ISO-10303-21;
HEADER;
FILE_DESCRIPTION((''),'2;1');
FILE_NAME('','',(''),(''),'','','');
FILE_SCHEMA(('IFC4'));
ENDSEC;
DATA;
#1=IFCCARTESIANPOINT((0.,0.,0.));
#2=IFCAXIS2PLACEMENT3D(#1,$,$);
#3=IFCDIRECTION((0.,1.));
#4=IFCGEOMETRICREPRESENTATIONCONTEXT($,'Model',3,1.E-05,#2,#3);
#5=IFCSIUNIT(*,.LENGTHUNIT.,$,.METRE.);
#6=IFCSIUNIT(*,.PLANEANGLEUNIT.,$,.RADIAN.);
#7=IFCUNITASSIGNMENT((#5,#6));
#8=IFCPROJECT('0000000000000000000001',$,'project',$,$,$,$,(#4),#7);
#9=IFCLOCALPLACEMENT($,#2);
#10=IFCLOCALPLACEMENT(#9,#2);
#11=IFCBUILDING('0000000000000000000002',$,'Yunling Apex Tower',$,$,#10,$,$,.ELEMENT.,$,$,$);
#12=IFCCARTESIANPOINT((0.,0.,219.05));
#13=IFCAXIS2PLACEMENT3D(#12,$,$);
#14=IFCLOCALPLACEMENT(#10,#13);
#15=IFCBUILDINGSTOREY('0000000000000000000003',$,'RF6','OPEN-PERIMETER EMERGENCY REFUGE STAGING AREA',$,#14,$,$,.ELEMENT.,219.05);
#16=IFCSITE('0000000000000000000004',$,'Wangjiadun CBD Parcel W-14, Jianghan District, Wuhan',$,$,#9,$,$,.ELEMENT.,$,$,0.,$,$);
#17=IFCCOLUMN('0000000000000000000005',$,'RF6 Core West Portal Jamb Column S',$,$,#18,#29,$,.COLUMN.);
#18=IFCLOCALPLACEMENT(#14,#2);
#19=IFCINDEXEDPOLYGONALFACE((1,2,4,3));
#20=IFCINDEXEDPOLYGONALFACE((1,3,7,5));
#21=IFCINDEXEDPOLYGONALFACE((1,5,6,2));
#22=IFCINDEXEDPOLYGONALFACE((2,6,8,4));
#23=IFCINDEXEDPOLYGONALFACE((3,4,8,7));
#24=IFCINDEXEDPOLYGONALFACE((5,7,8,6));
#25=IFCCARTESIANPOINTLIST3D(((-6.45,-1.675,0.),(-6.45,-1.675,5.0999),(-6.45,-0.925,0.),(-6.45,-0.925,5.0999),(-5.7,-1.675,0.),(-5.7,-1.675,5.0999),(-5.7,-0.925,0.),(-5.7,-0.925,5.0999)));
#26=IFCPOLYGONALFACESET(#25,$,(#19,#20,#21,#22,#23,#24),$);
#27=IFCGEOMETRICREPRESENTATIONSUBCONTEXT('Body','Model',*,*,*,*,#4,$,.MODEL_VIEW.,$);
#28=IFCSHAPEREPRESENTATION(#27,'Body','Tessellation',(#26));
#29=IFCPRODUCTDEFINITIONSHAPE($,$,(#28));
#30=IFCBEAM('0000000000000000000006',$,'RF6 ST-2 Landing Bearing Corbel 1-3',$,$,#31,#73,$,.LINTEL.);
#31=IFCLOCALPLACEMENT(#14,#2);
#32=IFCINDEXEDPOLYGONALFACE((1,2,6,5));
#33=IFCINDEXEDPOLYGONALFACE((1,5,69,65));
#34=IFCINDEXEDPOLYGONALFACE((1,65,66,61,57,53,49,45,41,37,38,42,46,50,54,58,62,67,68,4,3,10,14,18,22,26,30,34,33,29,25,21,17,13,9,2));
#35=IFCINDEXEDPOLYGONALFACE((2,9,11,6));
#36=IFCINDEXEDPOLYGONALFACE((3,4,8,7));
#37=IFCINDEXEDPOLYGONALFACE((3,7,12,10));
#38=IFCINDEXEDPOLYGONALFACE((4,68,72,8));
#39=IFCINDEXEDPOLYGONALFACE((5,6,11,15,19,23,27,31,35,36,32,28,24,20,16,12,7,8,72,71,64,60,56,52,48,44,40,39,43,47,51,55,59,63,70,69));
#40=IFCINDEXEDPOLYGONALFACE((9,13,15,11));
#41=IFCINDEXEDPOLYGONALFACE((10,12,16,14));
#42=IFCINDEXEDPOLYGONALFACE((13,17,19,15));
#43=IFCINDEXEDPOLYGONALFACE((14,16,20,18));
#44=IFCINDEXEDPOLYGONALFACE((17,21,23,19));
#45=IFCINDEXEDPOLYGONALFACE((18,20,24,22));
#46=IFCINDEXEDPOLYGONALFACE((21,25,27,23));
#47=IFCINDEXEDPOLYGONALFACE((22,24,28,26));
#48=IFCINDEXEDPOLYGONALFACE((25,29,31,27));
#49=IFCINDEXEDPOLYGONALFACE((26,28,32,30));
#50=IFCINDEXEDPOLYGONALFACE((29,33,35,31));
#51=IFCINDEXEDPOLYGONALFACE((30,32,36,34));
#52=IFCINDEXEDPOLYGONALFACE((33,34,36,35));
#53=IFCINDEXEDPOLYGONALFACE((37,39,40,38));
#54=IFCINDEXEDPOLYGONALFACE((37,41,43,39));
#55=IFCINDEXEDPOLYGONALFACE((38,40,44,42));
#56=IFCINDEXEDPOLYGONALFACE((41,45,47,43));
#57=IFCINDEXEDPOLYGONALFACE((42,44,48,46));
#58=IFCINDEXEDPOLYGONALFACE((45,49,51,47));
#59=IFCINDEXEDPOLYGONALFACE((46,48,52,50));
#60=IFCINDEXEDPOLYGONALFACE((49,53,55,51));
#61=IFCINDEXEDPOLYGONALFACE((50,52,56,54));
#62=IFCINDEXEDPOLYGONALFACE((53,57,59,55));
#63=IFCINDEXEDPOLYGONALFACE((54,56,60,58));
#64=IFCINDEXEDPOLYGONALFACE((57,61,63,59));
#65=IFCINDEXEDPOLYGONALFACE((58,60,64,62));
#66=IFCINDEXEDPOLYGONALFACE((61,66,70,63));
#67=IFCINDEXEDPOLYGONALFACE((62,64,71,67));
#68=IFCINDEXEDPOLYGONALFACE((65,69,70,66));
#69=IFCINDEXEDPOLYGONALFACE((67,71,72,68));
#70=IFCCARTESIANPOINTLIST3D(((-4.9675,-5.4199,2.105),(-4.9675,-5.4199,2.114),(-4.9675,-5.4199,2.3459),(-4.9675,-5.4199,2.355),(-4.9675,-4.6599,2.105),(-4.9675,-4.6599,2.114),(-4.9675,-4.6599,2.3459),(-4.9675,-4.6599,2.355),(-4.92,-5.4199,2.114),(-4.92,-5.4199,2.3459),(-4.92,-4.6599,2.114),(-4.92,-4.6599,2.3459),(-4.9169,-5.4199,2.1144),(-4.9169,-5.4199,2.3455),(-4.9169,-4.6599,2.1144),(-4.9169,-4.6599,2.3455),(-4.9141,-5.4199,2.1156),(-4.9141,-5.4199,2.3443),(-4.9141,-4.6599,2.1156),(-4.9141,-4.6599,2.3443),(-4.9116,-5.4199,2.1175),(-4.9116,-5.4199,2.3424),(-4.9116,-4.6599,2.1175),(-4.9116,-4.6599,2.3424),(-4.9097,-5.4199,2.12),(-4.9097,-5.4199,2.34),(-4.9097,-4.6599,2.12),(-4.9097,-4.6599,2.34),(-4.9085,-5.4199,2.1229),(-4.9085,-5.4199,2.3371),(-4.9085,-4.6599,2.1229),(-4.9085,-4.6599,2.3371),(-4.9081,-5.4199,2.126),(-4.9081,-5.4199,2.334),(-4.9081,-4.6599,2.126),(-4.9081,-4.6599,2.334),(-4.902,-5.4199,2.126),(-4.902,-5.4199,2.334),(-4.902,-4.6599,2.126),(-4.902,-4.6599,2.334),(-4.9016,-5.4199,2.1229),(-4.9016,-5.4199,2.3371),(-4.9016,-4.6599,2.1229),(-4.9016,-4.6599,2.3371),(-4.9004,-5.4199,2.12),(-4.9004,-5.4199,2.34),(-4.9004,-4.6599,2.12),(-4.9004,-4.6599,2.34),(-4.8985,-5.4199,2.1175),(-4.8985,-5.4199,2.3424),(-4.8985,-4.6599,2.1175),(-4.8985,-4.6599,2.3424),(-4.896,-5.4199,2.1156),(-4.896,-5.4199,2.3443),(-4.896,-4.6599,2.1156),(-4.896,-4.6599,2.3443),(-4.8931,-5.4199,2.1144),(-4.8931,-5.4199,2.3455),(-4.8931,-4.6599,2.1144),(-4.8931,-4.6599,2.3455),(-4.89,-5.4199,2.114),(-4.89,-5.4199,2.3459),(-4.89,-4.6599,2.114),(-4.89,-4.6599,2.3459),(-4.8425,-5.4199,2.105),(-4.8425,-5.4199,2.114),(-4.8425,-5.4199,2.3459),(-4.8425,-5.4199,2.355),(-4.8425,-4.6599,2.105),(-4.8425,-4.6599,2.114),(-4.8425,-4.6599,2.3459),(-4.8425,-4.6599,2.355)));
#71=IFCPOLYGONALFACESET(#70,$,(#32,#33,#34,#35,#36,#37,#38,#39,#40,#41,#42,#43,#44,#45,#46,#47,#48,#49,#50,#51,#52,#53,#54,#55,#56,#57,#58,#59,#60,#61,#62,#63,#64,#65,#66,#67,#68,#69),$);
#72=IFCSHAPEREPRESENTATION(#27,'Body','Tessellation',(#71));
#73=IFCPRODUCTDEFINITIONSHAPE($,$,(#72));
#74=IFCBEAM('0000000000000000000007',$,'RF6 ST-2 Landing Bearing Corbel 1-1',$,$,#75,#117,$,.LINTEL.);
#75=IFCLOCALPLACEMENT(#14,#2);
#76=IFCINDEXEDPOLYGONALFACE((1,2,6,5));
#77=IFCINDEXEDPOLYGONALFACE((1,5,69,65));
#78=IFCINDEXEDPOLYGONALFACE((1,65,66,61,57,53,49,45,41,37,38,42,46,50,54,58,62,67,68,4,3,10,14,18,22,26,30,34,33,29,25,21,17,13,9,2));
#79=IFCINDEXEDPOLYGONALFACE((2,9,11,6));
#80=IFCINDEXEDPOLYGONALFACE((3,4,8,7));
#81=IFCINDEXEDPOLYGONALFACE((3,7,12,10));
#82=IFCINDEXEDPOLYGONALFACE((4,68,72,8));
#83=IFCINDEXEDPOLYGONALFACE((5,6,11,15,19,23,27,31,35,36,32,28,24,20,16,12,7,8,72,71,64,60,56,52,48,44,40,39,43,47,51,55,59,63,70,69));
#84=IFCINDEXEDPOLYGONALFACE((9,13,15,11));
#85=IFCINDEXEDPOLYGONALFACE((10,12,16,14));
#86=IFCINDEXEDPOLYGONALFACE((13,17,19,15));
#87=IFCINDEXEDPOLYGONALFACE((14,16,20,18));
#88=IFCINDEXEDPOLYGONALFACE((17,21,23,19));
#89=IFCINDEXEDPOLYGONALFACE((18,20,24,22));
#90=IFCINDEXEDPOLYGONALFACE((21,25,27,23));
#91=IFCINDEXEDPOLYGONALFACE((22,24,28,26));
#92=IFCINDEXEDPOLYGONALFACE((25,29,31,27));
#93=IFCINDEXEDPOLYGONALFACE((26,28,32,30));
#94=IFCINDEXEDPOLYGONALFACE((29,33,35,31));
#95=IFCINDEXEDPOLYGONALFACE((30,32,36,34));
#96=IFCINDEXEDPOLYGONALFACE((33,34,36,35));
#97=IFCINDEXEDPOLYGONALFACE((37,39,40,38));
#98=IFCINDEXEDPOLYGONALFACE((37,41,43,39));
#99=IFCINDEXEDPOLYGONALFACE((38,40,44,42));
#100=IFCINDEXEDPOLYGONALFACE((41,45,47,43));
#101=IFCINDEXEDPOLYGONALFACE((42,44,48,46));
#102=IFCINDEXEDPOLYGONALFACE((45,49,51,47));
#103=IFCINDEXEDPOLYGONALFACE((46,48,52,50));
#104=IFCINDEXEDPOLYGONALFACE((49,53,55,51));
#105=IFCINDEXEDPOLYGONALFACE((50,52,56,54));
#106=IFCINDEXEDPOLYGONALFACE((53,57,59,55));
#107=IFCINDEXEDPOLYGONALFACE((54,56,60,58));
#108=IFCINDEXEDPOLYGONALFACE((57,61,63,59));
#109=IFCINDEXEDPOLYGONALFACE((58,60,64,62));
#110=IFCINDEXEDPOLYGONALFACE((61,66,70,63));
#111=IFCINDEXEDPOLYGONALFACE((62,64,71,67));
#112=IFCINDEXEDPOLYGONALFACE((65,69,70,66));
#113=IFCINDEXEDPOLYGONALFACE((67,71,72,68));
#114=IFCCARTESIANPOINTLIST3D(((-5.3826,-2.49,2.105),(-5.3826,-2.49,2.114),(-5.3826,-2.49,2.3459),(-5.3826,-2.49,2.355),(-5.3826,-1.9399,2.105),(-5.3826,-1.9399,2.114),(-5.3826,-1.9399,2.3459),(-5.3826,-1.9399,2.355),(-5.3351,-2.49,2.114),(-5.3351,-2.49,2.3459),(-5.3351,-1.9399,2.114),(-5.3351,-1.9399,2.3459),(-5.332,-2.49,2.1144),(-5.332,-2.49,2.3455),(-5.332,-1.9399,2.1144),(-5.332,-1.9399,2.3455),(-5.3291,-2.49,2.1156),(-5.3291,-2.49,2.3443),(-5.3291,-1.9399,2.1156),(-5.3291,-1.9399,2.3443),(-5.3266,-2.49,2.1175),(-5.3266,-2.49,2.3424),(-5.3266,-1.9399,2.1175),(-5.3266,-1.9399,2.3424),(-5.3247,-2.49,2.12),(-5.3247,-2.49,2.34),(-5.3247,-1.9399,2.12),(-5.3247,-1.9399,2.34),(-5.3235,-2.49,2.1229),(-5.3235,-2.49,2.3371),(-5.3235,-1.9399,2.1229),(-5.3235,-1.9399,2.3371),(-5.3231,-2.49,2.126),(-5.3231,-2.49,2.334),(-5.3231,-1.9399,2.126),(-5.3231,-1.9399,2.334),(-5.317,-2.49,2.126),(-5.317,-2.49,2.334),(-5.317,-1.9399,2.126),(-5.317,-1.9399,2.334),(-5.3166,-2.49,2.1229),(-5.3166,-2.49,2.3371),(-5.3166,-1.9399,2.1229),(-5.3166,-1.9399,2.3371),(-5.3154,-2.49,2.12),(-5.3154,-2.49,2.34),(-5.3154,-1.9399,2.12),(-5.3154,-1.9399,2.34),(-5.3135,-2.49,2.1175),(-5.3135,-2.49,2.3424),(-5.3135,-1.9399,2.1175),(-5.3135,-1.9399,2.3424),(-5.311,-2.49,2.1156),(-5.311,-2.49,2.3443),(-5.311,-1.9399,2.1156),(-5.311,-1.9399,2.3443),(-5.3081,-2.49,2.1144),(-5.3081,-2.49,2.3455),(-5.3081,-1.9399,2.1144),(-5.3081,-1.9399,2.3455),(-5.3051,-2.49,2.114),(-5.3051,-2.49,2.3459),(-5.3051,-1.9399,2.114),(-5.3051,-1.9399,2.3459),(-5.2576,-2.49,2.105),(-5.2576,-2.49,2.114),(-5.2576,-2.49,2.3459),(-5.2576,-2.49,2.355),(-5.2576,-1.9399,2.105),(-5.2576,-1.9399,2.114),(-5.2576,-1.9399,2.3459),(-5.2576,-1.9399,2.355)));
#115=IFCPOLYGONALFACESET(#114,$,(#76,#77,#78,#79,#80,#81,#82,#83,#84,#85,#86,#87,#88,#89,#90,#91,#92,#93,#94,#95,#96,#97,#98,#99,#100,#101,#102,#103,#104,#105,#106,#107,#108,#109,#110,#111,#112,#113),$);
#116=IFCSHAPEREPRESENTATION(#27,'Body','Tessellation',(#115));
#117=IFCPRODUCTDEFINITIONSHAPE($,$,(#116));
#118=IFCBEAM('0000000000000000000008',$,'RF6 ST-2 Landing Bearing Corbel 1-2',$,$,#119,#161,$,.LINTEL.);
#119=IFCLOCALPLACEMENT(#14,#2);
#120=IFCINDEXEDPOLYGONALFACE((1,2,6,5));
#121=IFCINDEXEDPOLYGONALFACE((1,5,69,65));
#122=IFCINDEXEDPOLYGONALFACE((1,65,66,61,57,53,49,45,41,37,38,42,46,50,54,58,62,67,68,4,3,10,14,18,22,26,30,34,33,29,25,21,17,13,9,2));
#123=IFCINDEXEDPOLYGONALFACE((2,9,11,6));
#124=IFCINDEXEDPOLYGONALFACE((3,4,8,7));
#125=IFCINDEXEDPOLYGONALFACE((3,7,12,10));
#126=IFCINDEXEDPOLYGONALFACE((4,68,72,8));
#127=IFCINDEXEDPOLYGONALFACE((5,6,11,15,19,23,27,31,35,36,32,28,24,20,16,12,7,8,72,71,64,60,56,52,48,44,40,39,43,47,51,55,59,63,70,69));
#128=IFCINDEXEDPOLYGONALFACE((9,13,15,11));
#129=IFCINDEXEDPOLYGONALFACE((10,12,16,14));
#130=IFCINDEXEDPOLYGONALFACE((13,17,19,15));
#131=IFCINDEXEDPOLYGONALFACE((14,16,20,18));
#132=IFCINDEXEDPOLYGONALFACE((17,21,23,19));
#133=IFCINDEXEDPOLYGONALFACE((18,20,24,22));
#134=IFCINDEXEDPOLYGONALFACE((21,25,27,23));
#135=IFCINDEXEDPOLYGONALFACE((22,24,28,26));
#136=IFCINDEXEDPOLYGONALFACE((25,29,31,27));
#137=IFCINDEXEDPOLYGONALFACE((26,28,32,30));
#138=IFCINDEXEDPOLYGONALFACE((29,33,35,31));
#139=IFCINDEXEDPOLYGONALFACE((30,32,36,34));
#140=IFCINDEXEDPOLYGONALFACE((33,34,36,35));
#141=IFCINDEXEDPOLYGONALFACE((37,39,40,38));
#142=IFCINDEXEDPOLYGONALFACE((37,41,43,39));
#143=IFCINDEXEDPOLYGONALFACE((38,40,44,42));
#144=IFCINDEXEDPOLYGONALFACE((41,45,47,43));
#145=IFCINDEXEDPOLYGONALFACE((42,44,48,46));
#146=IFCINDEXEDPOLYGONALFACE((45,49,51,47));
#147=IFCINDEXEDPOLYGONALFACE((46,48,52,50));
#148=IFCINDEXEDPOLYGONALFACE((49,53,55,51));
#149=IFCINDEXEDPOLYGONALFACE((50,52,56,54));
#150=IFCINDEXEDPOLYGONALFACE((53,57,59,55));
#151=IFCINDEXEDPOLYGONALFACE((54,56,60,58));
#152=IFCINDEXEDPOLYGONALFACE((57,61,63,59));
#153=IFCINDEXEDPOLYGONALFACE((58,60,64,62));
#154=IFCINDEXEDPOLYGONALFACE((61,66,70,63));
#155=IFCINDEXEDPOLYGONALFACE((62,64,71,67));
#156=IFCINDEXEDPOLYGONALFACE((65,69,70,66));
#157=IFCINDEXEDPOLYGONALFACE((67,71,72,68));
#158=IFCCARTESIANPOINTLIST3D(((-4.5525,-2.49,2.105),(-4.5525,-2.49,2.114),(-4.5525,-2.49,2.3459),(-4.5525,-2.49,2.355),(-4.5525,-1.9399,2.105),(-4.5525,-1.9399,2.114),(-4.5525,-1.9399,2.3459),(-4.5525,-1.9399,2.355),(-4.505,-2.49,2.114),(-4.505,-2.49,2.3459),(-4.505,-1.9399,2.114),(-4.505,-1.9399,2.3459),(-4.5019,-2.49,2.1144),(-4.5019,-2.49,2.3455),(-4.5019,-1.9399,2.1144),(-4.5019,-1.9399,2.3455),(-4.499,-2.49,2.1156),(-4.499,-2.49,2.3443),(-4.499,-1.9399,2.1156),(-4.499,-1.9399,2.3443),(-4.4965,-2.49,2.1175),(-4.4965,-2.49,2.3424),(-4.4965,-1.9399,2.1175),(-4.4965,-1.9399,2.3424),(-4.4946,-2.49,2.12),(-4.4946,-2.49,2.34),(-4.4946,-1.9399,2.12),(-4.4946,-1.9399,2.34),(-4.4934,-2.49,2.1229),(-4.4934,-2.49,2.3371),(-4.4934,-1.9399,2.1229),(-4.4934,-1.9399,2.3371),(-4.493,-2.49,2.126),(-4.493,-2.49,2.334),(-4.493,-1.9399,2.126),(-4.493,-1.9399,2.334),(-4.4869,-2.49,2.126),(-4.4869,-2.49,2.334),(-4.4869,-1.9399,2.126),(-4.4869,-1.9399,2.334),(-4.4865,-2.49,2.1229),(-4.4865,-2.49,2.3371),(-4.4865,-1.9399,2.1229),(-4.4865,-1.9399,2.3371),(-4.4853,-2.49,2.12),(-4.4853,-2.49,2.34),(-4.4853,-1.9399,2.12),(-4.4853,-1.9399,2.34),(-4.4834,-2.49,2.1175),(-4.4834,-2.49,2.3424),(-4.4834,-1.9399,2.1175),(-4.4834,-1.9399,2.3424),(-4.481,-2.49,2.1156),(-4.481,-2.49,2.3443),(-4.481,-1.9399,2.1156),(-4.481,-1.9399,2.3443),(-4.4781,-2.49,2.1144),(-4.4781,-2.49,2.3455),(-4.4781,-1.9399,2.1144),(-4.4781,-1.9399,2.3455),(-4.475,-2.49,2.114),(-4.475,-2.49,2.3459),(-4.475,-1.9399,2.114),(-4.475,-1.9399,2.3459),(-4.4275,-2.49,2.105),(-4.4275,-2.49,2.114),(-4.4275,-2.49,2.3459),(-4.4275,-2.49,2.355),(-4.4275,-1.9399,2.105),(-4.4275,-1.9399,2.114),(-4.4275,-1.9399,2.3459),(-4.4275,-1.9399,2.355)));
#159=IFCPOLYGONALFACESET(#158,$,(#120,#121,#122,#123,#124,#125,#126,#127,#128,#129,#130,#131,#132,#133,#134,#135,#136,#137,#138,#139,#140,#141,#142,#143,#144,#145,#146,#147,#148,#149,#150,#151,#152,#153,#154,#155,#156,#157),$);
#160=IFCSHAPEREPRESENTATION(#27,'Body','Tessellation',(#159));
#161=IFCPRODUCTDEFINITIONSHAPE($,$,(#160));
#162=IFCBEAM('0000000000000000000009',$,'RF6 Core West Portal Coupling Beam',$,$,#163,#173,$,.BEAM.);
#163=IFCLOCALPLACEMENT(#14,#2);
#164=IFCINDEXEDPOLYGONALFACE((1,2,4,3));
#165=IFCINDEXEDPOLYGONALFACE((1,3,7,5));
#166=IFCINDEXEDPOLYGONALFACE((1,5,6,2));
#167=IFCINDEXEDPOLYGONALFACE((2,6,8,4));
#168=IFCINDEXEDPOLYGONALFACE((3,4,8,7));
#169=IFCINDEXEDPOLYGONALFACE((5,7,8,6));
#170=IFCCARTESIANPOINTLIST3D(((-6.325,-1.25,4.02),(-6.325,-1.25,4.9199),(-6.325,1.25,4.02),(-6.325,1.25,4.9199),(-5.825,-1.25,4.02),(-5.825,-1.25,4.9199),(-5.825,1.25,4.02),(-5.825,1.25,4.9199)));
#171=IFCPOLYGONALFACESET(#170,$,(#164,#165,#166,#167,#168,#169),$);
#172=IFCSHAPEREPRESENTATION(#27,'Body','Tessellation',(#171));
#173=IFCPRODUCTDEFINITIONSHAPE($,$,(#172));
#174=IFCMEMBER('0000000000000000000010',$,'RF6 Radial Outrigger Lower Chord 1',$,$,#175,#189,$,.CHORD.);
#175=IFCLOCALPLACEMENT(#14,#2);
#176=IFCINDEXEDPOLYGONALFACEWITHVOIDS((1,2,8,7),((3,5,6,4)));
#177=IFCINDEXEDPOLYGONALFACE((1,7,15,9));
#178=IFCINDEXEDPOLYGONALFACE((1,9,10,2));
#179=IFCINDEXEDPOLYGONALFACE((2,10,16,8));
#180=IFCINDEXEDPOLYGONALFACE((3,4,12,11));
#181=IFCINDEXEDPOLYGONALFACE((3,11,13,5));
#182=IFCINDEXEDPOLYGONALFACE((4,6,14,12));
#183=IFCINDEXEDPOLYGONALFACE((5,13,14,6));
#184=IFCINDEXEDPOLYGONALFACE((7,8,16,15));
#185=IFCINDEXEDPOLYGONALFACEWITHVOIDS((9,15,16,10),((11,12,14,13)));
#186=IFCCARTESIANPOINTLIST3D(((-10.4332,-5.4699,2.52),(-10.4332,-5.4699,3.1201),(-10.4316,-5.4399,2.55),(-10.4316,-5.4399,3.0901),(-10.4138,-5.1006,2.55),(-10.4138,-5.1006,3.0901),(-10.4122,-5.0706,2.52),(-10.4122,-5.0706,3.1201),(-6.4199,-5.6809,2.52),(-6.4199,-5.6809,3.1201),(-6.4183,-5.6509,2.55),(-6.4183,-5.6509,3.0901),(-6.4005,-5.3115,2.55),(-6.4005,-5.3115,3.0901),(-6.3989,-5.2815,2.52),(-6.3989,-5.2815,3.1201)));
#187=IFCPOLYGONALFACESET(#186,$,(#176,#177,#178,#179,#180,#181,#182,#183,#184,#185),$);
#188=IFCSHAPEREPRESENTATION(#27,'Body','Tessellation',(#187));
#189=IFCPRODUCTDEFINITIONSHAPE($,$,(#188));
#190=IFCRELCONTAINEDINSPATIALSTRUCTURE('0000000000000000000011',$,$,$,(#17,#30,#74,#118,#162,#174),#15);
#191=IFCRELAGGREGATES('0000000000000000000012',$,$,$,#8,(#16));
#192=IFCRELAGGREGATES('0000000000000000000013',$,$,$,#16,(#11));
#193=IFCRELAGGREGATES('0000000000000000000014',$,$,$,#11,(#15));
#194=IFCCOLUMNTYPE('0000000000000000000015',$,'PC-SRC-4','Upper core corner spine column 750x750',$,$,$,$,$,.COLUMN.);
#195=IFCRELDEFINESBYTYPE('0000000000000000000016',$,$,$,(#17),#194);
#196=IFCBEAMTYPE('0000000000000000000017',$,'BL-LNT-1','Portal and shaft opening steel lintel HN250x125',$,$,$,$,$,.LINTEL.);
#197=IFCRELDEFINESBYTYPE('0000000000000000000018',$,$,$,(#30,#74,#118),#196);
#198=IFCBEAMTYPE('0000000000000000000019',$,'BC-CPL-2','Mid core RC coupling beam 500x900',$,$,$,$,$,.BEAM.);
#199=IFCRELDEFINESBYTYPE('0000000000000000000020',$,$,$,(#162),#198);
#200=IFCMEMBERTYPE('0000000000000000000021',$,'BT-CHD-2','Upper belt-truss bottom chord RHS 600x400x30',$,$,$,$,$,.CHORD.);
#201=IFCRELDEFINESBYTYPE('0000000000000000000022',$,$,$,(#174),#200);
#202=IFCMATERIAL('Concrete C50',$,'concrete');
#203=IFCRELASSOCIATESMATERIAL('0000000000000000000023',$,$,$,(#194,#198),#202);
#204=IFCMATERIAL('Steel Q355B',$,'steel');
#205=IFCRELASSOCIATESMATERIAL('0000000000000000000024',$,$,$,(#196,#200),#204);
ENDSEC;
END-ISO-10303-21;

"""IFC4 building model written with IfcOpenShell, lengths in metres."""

from ifc_helpers import new_model, si_unit, direction, frame, origin, origin_2d, place, context, subcontext, project, spatial, rectangle, hollow_rectangle, i_section, extrude, source, transform, mapped, material, material_profile, profile_set, type_object, element, save


model = new_model("IFC4")

# Units and contexts
model_context = context("Model", 3, precision=1e-05, world=origin(), true_north=direction((0.0, 1.0)))
body_context = subcontext(model_context, "Body", "Model", "MODEL_VIEW")
ifc_project = project(units=[si_unit("LENGTHUNIT", "METRE"), si_unit("PLANEANGLEUNIT", "RADIAN")], contexts=[model_context])

# Site, building, storey
site_placement = place(None, origin())
site = spatial("IfcSite", under=ifc_project, at=site_placement, Name="Wangjiadun CBD Parcel W-14, Jianghan District, Wuhan", CompositionType="ELEMENT", RefElevation=0.0)
building_placement = place(site_placement, origin())
building = spatial("IfcBuilding", under=site, at=building_placement, Name="Yunling Apex Tower", CompositionType="ELEMENT")
storey_placement = place(building_placement, frame((0.0, 0.0, 219.05)))
storey = spatial("IfcBuildingStorey", under=building, at=storey_placement, Name="RF6", Description="OPEN-PERIMETER EMERGENCY REFUGE STAGING AREA", CompositionType="ELEMENT", Elevation=219.05)

# Column
ifc_material_1 = material(Name="Concrete C50", Category="concrete")
ifc_material_profile_1 = material_profile(ifc_material_1, rectangle(XDim=0.75, YDim=0.75, at=origin_2d()))
ifc_profile_set_1 = profile_set([ifc_material_profile_1], Name="Concrete C50")
column_type = type_object("IfcColumnType", Name="PC-SRC-4", Description="Upper core corner spine column 750x750", PredefinedType="COLUMN", material=ifc_profile_set_1)
shared_shape_1 = source(origin(), body_context, "Body", "SweptSolid", [
    extrude(rectangle(XDim=0.75, YDim=0.75, at=origin_2d()), origin(), (0.0, 0.0, 1.0), 5.0999),
])
column_placement = place(storey_placement, frame((-6.075, -1.3, 0.0), z_axis=(0.0, 0.0, 1.0), x_axis=(1.0, 0.0, 0.0)))
element("IfcColumn", 1, at=column_placement, inside=storey, type_object=column_type, Name="RF6 Core West Portal Jamb Column S", PredefinedType="COLUMN", context=body_context, shape_type="MappedRepresentation", body=[
    mapped(shared_shape_1, transform((0.0, 0.0, 0.0), scale=1.0)),
])

# Beams
ifc_material_2 = material(Name="Steel Q355B", Category="steel")
ifc_material_profile_2 = material_profile(ifc_material_2, i_section(OverallWidth=0.125, OverallDepth=0.25, WebThickness=0.0061, FlangeThickness=0.009, FilletRadius=0.012, at=origin_2d()))
ifc_profile_set_2 = profile_set([ifc_material_profile_2], Name="Steel Q355B")
beam_type_1 = type_object("IfcBeamType", Name="BL-LNT-1", Description="Portal and shaft opening steel lintel HN250x125", PredefinedType="LINTEL", material=ifc_profile_set_2)
shared_shape_2 = source(origin(), body_context, "Body", "SweptSolid", [
    extrude(i_section(OverallWidth=0.125, OverallDepth=0.25, WebThickness=0.0061, FlangeThickness=0.009, FilletRadius=0.012, at=origin_2d()), origin(), (0.0, 0.0, 1.0), 0.76),
])
beam_1_placement = place(storey_placement, frame((-4.905, -5.4199, 2.23), z_axis=(0.0, 1.0, 0.0), x_axis=(-1.0, 0.0, 0.0)))
element("IfcBeam", 2, at=beam_1_placement, inside=storey, type_object=beam_type_1, Name="RF6 ST-2 Landing Bearing Corbel 1-3", PredefinedType="LINTEL", context=body_context, shape_type="MappedRepresentation", body=[
    mapped(shared_shape_2, transform((0.0, 0.0, 0.0), scale=1.0)),
])
shared_shape_3 = source(origin(), body_context, "Body", "SweptSolid", [
    extrude(i_section(OverallWidth=0.125, OverallDepth=0.25, WebThickness=0.0061, FlangeThickness=0.009, FilletRadius=0.012, at=origin_2d()), origin(), (0.0, 0.0, 1.0), 0.55),
])
for number, where, z_axis, x_axis, name in (
    (3, (-5.3201, -1.9399, 2.23), (0.0, -1.0, 0.0), (1.0, 0.0, 0.0), "RF6 ST-2 Landing Bearing Corbel 1-1"),
    (4, (-4.49, -1.9399, 2.23), (0.0, -1.0, 0.0), (1.0, 0.0, 0.0), "RF6 ST-2 Landing Bearing Corbel 1-2"),
):
    element("IfcBeam", number, at=place(storey_placement, frame(where, z_axis=z_axis, x_axis=x_axis)), inside=storey, type_object=beam_type_1, Name=name, PredefinedType="LINTEL", context=body_context, shape_type="MappedRepresentation", body=[
        mapped(shared_shape_3, transform((0.0, 0.0, 0.0), scale=1.0)),
    ])
ifc_material_profile_3 = material_profile(ifc_material_1, rectangle(XDim=0.5, YDim=0.8999, at=origin_2d()))
ifc_profile_set_3 = profile_set([ifc_material_profile_3], Name="Concrete C50")
beam_type_2 = type_object("IfcBeamType", Name="BC-CPL-2", Description="Mid core RC coupling beam 500x900", PredefinedType="BEAM", material=ifc_profile_set_3)
shared_shape_4 = source(origin(), body_context, "Body", "SweptSolid", [
    extrude(rectangle(XDim=0.5, YDim=0.8999, at=origin_2d()), origin(), (0.0, 0.0, 1.0), 2.5),
])
beam_2_placement = place(storey_placement, frame((-6.075, -1.25, 4.47), z_axis=(0.0, 1.0, 0.0), x_axis=(-1.0, 0.0, 0.0)))
element("IfcBeam", 5, at=beam_2_placement, inside=storey, type_object=beam_type_2, Name="RF6 Core West Portal Coupling Beam", PredefinedType="BEAM", context=body_context, shape_type="MappedRepresentation", body=[
    mapped(shared_shape_4, transform((0.0, 0.0, 0.0), scale=1.0)),
])

# Member
ifc_material_profile_4 = material_profile(ifc_material_2, hollow_rectangle(XDim=0.3999, YDim=0.6001, WallThickness=0.03, at=origin_2d()))
ifc_profile_set_4 = profile_set([ifc_material_profile_4], Name="Steel Q355B")
member_type_1 = type_object("IfcMemberType", Name="BT-CHD-2", Description="Upper belt-truss bottom chord RHS 600x400x30", PredefinedType="CHORD", material=ifc_profile_set_4)
shared_shape_5 = source(origin(), body_context, "Body", "SweptSolid", [
    extrude(hollow_rectangle(XDim=0.3999, YDim=0.6001, WallThickness=0.03, at=origin_2d()), origin(), (0.0, 0.0, 1.0), 4.0188),
])
member_1_placement = place(storey_placement, frame((-6.4094, -5.4812, 2.8201), z_axis=(-0.998622, 0.052489, 0.0), x_axis=(-0.052489, -0.998622, 0.0)))
element("IfcMember", 6, at=member_1_placement, inside=storey, type_object=member_type_1, Name="RF6 Radial Outrigger Lower Chord 1", PredefinedType="CHORD", context=body_context, shape_type="MappedRepresentation", body=[
    mapped(shared_shape_5, transform((0.0, 0.0, 0.0), scale=1.0)),
])

save(model, "model.ifc")
